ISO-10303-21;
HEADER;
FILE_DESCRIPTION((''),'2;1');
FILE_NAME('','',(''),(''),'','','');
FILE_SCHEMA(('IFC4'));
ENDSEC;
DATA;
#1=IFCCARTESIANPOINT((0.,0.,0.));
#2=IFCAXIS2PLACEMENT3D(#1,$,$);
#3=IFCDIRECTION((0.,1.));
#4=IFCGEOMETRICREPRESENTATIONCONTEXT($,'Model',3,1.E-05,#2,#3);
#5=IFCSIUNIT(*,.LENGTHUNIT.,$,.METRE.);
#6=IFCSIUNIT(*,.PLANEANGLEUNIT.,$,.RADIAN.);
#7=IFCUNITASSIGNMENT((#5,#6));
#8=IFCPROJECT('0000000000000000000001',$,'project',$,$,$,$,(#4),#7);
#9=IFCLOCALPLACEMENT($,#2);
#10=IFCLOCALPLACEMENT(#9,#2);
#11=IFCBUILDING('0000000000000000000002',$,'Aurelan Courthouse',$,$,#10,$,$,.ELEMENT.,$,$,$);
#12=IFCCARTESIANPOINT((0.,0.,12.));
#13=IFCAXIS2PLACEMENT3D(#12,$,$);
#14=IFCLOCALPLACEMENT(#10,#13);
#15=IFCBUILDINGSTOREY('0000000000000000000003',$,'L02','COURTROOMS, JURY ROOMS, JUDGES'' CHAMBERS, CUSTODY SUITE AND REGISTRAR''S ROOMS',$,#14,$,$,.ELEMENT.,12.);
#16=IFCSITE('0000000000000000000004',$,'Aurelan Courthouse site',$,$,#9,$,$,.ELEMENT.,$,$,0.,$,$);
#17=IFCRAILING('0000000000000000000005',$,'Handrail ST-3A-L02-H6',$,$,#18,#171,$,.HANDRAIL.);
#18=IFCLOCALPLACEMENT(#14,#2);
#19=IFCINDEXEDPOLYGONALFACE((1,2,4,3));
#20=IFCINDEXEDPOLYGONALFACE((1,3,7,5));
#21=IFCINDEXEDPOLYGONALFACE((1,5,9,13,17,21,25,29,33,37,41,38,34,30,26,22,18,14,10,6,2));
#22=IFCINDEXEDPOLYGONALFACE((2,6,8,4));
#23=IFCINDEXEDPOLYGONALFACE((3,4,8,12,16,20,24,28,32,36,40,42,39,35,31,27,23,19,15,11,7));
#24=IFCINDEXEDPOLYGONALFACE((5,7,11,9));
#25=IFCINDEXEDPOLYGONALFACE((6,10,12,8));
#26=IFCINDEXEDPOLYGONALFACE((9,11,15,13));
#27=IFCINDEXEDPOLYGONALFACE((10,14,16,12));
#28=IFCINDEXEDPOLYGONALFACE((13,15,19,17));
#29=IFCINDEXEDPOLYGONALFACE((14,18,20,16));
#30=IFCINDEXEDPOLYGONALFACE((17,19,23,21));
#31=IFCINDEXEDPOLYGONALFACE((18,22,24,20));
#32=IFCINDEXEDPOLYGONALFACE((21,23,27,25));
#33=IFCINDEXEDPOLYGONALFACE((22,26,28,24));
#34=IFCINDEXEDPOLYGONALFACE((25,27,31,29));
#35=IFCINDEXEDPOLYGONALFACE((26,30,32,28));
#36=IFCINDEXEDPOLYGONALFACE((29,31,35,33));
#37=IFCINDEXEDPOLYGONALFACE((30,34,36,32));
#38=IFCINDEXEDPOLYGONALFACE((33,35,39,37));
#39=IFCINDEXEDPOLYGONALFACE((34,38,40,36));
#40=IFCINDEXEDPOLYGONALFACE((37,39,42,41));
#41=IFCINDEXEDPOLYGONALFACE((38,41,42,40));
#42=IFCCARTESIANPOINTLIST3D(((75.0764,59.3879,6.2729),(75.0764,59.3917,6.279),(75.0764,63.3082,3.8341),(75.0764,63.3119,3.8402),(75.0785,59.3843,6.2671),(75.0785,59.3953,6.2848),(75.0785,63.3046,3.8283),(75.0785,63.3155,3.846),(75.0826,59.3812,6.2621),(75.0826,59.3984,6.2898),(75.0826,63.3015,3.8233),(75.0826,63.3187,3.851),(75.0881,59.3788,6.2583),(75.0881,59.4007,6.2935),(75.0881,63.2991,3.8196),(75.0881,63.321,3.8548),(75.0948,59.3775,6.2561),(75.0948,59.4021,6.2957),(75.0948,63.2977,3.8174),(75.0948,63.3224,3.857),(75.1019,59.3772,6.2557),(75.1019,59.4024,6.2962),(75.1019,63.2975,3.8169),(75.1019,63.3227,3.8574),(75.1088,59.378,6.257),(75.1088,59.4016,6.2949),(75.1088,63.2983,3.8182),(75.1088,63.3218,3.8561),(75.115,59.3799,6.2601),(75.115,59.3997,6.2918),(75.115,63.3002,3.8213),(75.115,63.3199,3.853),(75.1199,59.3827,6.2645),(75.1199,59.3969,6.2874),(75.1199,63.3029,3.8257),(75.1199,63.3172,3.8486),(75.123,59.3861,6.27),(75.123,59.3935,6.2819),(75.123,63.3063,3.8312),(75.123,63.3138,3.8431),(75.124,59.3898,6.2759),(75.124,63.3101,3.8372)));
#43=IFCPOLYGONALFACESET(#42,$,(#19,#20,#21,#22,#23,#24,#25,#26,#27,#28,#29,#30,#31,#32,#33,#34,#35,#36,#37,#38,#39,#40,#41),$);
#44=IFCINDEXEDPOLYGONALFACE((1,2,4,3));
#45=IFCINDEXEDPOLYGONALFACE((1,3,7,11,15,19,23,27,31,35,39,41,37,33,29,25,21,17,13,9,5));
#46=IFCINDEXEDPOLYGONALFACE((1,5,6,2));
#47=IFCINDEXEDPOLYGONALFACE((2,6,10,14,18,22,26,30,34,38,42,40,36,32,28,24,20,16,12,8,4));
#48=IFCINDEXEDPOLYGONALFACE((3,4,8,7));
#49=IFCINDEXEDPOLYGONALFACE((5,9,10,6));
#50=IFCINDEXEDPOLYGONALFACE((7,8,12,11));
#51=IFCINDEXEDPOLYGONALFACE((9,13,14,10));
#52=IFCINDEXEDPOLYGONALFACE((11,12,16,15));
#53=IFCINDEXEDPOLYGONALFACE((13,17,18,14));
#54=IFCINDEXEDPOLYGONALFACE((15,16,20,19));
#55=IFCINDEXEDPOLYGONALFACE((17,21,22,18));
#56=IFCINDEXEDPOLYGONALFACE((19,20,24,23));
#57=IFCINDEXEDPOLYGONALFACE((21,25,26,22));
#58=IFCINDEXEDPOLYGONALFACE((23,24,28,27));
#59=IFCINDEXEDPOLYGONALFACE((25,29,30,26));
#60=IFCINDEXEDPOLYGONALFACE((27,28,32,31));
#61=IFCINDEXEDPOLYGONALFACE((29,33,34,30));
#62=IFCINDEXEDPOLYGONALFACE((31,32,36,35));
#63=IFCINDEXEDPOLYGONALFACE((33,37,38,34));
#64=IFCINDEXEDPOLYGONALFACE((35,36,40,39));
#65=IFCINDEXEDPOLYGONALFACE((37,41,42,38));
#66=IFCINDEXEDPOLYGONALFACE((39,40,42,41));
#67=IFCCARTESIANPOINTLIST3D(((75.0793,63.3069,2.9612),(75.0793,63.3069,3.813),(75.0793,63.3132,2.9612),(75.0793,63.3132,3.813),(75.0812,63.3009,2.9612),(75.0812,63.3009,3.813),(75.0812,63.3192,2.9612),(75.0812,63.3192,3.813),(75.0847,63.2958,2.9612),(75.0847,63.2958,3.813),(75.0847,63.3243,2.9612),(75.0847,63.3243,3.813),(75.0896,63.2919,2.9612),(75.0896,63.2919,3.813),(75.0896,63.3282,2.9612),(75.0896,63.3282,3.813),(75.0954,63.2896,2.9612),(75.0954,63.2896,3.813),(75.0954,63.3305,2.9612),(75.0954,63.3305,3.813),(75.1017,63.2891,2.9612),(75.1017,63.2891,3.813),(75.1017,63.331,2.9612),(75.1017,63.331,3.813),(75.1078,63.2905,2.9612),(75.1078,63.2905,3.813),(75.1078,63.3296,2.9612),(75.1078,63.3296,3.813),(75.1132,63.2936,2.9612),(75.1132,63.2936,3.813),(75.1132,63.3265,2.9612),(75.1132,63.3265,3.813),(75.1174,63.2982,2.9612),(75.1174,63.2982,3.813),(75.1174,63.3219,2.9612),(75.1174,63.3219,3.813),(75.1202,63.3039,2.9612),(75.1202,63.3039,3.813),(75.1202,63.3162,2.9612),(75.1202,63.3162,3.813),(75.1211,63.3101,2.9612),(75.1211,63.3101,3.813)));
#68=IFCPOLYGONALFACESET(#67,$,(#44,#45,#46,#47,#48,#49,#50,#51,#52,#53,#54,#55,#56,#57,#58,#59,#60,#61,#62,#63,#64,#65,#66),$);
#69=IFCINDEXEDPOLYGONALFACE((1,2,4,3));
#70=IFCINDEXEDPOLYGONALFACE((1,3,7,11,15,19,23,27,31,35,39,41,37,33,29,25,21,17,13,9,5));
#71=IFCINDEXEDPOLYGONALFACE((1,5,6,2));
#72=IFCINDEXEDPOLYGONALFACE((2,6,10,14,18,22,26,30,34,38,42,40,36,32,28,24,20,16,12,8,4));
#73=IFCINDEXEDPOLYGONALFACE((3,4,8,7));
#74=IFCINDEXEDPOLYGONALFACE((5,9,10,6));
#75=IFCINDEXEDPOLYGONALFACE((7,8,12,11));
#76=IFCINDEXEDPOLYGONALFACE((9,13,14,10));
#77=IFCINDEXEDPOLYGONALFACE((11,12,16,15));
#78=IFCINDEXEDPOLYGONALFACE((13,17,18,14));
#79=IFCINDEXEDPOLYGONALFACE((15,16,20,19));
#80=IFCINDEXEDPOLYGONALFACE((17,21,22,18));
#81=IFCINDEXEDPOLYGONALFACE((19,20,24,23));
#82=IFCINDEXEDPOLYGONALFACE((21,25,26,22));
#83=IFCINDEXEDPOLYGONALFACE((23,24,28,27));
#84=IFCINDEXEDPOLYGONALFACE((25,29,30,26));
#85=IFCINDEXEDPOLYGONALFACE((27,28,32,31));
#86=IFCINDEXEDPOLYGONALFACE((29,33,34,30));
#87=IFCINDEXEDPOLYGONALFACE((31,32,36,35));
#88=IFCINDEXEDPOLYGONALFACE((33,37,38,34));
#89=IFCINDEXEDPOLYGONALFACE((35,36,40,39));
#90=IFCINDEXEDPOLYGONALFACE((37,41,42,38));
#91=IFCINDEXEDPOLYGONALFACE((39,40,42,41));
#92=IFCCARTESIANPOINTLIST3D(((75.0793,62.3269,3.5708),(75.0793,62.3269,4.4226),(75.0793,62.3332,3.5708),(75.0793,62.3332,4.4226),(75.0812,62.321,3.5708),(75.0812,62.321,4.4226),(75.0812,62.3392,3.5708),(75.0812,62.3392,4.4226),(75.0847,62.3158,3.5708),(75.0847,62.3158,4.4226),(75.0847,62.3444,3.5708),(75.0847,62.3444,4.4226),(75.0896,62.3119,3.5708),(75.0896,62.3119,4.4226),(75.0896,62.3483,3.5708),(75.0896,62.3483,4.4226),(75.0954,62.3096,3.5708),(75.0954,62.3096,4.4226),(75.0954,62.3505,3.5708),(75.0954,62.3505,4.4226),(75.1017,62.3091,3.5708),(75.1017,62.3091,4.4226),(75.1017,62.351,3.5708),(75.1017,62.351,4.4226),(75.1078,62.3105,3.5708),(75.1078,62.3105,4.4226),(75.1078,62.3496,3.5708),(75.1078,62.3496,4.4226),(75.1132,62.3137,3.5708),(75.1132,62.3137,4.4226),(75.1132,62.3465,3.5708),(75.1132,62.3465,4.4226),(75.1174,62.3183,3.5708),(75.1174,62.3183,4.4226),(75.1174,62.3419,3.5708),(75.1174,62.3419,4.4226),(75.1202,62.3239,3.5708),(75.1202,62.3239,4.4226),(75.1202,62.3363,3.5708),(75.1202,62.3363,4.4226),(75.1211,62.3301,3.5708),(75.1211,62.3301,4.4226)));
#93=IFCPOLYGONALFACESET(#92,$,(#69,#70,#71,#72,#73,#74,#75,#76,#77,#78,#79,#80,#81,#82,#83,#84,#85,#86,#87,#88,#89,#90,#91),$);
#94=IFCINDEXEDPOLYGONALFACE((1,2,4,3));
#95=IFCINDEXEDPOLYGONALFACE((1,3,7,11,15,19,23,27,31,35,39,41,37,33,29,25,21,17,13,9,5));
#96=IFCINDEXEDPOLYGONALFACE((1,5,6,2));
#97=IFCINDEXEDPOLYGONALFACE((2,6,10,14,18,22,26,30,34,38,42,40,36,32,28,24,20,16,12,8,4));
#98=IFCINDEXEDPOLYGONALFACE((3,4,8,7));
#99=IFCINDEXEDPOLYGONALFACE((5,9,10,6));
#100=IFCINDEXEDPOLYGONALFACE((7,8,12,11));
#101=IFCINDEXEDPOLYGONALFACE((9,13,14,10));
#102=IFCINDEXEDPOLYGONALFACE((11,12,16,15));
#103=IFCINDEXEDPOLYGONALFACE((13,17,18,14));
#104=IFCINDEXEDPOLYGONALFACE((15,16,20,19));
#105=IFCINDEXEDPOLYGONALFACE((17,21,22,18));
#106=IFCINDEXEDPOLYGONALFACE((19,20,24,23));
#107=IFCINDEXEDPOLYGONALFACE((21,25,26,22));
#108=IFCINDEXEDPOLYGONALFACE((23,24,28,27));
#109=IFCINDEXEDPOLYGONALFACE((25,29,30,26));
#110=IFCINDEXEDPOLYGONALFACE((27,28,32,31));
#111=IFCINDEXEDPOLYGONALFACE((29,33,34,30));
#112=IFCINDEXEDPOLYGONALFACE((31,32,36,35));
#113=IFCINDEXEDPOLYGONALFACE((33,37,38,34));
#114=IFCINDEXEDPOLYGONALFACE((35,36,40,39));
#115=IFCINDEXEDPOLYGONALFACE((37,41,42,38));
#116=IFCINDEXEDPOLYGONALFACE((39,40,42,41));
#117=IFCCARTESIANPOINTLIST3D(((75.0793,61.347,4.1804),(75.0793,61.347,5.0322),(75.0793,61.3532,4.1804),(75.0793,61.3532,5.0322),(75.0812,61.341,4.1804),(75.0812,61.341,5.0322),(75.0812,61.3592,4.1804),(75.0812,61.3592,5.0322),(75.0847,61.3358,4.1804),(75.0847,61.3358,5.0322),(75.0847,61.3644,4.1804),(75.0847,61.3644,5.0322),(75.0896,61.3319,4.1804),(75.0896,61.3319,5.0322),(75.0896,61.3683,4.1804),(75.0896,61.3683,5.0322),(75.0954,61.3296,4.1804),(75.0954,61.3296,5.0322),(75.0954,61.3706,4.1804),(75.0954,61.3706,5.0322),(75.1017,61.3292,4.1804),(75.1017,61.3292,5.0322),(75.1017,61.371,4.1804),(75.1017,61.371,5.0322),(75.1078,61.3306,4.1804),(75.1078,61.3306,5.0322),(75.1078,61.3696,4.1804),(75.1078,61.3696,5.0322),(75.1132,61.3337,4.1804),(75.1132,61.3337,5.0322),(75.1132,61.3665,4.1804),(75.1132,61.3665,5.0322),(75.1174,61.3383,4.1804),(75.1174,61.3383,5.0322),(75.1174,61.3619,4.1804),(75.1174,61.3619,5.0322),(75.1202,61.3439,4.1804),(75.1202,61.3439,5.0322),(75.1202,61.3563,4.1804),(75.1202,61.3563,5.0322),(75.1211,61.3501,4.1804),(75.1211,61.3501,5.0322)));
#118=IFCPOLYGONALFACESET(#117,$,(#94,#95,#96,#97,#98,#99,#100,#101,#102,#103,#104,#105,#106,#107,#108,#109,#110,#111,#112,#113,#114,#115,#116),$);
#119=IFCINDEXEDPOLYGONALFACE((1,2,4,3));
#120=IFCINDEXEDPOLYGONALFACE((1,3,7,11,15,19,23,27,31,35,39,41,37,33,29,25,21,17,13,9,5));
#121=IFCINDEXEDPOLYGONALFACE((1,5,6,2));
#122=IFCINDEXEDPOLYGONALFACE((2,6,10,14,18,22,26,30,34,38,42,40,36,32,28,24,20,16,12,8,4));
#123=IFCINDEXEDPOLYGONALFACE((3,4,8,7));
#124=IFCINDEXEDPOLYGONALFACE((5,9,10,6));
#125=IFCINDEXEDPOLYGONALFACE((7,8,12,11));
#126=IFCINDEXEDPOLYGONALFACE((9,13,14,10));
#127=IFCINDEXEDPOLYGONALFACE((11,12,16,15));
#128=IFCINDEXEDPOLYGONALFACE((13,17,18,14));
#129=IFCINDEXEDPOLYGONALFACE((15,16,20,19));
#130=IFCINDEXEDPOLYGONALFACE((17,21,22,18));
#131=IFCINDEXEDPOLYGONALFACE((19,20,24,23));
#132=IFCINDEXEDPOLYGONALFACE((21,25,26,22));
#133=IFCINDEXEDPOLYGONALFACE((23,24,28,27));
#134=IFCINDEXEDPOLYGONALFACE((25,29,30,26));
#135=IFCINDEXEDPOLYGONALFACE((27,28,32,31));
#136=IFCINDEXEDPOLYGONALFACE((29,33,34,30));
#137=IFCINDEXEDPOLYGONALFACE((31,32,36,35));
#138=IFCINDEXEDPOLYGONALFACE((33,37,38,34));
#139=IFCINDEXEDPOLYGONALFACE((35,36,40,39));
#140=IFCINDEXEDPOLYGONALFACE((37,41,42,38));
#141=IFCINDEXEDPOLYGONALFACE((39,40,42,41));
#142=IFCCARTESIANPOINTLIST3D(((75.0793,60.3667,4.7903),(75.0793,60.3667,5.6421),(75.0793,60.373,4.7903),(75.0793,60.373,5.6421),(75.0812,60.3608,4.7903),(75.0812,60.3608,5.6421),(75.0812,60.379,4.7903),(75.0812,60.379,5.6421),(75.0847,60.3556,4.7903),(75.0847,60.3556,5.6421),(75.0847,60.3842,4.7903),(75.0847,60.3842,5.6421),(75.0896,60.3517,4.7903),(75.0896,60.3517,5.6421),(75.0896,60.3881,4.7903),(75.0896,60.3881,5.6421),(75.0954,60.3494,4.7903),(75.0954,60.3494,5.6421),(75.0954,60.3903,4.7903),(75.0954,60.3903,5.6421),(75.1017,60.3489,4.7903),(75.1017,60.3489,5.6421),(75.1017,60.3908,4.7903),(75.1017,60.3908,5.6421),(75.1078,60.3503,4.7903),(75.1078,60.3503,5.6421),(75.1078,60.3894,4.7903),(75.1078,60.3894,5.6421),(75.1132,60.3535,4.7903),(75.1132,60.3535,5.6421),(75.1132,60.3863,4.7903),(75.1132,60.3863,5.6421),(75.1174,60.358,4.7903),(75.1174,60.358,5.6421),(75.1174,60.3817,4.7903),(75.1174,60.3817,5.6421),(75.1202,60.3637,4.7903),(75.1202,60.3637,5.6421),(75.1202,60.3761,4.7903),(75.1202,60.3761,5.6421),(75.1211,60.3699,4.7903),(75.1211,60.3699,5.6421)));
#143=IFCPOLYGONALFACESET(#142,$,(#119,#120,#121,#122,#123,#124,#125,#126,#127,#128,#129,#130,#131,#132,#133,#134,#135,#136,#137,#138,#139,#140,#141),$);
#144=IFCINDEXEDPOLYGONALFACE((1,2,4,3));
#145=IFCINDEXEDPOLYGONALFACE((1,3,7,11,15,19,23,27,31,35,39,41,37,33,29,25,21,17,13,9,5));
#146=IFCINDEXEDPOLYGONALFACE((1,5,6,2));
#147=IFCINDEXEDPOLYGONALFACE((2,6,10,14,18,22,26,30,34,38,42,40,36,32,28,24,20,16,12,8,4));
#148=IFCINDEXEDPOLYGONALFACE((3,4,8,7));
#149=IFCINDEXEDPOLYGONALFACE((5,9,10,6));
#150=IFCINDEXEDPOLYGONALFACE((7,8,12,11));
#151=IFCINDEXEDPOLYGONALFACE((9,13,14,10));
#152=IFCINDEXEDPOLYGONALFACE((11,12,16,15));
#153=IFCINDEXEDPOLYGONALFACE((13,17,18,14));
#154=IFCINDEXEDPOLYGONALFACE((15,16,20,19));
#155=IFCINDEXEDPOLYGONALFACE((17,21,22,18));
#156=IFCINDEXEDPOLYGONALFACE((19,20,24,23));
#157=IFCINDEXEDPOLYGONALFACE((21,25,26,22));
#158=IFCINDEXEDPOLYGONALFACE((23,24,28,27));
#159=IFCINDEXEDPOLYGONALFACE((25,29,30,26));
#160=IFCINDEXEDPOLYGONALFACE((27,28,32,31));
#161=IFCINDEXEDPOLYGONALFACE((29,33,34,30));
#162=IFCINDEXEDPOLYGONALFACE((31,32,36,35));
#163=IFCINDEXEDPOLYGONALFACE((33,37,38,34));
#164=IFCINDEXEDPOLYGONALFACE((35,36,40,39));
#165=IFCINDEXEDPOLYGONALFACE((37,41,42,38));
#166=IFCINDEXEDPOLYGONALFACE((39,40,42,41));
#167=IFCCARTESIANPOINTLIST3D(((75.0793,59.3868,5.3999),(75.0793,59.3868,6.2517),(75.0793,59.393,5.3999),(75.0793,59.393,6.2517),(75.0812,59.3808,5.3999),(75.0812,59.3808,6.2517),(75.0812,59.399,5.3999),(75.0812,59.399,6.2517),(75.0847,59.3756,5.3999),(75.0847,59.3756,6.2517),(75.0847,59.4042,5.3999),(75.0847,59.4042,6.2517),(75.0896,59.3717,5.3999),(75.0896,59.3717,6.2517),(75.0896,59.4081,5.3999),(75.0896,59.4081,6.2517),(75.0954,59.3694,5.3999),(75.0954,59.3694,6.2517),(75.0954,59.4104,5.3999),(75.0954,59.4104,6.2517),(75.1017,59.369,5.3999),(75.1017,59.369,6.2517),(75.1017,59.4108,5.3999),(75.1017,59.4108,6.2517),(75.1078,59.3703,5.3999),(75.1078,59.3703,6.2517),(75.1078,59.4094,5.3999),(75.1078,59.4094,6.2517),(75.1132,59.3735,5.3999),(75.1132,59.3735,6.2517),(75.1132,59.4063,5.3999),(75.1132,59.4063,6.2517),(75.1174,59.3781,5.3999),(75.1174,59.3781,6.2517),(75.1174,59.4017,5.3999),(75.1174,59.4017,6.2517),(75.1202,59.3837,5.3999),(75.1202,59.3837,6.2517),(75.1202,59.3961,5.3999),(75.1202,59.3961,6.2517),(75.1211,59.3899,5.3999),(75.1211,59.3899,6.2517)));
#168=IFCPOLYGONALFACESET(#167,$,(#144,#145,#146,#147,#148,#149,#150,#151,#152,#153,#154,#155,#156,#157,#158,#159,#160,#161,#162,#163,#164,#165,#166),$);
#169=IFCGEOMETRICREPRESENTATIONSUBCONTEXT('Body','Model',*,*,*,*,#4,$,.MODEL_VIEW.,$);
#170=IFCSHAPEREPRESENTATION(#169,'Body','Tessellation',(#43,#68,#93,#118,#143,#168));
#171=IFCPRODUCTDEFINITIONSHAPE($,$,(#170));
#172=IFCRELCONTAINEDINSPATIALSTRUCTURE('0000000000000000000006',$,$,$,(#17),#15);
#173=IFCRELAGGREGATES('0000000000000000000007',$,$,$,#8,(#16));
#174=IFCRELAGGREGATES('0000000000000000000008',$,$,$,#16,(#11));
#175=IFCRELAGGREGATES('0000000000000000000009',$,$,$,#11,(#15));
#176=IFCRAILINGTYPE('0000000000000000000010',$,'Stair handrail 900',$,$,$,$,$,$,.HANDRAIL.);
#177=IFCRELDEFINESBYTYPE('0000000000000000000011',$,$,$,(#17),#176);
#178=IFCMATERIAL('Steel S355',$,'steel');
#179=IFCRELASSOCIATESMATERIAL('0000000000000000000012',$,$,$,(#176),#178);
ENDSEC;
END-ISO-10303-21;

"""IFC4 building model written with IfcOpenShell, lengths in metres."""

from ifc_helpers import new_model, si_unit, direction, frame, origin, origin_2d, place, context, subcontext, project, spatial, circle, extrude, material, type_object, element, save


model = new_model("IFC4")

# Units and contexts
model_context = context("Model", 3, precision=1e-05, world=origin(), true_north=direction((0.0, 1.0)))
body_context = subcontext(model_context, "Body", "Model", "MODEL_VIEW")
ifc_project = project(units=[si_unit("LENGTHUNIT", "METRE"), si_unit("PLANEANGLEUNIT", "RADIAN")], contexts=[model_context])

# Site, building, storey
site_placement = place(None, origin())
site = spatial("IfcSite", under=ifc_project, at=site_placement, Name="Aurelan Courthouse site", CompositionType="ELEMENT", RefElevation=0.0)
building_placement = place(site_placement, origin())
building = spatial("IfcBuilding", under=site, at=building_placement, Name="Aurelan Courthouse", CompositionType="ELEMENT")
storey_placement = place(building_placement, frame((0.0, 0.0, 12.0)))
storey = spatial("IfcBuildingStorey", under=building, at=storey_placement, Name="L02", Description="COURTROOMS, JURY ROOMS, JUDGES' CHAMBERS, CUSTODY SUITE AND REGISTRAR'S ROOMS", CompositionType="ELEMENT", Elevation=12.0)

# Railing
ifc_material_1 = material(Name="Steel S355", Category="steel")
railing_type_1 = type_object("IfcRailingType", Name="Stair handrail 900", PredefinedType="HANDRAIL", material=ifc_material_1)
for number, where, name in (
    (1, (75.1001, 63.3101, 2.9612), "Handrail ST-3A-L02-H6"),
):
    element("IfcRailing", number, at=place(storey_placement, frame(where)), inside=storey, type_object=railing_type_1, Name=name, PredefinedType="HANDRAIL", context=body_context, shape_type="SweptSolid", body=[
        extrude(circle(Radius=0.0239, at=origin_2d()), frame((0.0, 0.0, 0.876), z_axis=(0.0, -0.849105, 0.528225), x_axis=(1.0, 0.0, 0.0)), (0.0, 0.0, 1.0), 4.6169),
        extrude(circle(Radius=0.021, at=origin_2d()), origin(), (0.0, 0.0, 1.0), 0.8518),
        extrude(circle(Radius=0.021, at=origin_2d()), frame((0.0, -0.98, 0.6096)), (0.0, 0.0, 1.0), 0.8518),
        extrude(circle(Radius=0.021, at=origin_2d()), frame((0.0, -1.96, 1.2192)), (0.0, 0.0, 1.0), 0.8518),
        extrude(circle(Radius=0.021, at=origin_2d()), frame((0.0, -2.9402, 1.8291)), (0.0, 0.0, 1.0), 0.8518),
        extrude(circle(Radius=0.021, at=origin_2d()), frame((0.0, -3.9202, 2.4387)), (0.0, 0.0, 1.0), 0.8518),
    ])

save(model, "model.ifc")
